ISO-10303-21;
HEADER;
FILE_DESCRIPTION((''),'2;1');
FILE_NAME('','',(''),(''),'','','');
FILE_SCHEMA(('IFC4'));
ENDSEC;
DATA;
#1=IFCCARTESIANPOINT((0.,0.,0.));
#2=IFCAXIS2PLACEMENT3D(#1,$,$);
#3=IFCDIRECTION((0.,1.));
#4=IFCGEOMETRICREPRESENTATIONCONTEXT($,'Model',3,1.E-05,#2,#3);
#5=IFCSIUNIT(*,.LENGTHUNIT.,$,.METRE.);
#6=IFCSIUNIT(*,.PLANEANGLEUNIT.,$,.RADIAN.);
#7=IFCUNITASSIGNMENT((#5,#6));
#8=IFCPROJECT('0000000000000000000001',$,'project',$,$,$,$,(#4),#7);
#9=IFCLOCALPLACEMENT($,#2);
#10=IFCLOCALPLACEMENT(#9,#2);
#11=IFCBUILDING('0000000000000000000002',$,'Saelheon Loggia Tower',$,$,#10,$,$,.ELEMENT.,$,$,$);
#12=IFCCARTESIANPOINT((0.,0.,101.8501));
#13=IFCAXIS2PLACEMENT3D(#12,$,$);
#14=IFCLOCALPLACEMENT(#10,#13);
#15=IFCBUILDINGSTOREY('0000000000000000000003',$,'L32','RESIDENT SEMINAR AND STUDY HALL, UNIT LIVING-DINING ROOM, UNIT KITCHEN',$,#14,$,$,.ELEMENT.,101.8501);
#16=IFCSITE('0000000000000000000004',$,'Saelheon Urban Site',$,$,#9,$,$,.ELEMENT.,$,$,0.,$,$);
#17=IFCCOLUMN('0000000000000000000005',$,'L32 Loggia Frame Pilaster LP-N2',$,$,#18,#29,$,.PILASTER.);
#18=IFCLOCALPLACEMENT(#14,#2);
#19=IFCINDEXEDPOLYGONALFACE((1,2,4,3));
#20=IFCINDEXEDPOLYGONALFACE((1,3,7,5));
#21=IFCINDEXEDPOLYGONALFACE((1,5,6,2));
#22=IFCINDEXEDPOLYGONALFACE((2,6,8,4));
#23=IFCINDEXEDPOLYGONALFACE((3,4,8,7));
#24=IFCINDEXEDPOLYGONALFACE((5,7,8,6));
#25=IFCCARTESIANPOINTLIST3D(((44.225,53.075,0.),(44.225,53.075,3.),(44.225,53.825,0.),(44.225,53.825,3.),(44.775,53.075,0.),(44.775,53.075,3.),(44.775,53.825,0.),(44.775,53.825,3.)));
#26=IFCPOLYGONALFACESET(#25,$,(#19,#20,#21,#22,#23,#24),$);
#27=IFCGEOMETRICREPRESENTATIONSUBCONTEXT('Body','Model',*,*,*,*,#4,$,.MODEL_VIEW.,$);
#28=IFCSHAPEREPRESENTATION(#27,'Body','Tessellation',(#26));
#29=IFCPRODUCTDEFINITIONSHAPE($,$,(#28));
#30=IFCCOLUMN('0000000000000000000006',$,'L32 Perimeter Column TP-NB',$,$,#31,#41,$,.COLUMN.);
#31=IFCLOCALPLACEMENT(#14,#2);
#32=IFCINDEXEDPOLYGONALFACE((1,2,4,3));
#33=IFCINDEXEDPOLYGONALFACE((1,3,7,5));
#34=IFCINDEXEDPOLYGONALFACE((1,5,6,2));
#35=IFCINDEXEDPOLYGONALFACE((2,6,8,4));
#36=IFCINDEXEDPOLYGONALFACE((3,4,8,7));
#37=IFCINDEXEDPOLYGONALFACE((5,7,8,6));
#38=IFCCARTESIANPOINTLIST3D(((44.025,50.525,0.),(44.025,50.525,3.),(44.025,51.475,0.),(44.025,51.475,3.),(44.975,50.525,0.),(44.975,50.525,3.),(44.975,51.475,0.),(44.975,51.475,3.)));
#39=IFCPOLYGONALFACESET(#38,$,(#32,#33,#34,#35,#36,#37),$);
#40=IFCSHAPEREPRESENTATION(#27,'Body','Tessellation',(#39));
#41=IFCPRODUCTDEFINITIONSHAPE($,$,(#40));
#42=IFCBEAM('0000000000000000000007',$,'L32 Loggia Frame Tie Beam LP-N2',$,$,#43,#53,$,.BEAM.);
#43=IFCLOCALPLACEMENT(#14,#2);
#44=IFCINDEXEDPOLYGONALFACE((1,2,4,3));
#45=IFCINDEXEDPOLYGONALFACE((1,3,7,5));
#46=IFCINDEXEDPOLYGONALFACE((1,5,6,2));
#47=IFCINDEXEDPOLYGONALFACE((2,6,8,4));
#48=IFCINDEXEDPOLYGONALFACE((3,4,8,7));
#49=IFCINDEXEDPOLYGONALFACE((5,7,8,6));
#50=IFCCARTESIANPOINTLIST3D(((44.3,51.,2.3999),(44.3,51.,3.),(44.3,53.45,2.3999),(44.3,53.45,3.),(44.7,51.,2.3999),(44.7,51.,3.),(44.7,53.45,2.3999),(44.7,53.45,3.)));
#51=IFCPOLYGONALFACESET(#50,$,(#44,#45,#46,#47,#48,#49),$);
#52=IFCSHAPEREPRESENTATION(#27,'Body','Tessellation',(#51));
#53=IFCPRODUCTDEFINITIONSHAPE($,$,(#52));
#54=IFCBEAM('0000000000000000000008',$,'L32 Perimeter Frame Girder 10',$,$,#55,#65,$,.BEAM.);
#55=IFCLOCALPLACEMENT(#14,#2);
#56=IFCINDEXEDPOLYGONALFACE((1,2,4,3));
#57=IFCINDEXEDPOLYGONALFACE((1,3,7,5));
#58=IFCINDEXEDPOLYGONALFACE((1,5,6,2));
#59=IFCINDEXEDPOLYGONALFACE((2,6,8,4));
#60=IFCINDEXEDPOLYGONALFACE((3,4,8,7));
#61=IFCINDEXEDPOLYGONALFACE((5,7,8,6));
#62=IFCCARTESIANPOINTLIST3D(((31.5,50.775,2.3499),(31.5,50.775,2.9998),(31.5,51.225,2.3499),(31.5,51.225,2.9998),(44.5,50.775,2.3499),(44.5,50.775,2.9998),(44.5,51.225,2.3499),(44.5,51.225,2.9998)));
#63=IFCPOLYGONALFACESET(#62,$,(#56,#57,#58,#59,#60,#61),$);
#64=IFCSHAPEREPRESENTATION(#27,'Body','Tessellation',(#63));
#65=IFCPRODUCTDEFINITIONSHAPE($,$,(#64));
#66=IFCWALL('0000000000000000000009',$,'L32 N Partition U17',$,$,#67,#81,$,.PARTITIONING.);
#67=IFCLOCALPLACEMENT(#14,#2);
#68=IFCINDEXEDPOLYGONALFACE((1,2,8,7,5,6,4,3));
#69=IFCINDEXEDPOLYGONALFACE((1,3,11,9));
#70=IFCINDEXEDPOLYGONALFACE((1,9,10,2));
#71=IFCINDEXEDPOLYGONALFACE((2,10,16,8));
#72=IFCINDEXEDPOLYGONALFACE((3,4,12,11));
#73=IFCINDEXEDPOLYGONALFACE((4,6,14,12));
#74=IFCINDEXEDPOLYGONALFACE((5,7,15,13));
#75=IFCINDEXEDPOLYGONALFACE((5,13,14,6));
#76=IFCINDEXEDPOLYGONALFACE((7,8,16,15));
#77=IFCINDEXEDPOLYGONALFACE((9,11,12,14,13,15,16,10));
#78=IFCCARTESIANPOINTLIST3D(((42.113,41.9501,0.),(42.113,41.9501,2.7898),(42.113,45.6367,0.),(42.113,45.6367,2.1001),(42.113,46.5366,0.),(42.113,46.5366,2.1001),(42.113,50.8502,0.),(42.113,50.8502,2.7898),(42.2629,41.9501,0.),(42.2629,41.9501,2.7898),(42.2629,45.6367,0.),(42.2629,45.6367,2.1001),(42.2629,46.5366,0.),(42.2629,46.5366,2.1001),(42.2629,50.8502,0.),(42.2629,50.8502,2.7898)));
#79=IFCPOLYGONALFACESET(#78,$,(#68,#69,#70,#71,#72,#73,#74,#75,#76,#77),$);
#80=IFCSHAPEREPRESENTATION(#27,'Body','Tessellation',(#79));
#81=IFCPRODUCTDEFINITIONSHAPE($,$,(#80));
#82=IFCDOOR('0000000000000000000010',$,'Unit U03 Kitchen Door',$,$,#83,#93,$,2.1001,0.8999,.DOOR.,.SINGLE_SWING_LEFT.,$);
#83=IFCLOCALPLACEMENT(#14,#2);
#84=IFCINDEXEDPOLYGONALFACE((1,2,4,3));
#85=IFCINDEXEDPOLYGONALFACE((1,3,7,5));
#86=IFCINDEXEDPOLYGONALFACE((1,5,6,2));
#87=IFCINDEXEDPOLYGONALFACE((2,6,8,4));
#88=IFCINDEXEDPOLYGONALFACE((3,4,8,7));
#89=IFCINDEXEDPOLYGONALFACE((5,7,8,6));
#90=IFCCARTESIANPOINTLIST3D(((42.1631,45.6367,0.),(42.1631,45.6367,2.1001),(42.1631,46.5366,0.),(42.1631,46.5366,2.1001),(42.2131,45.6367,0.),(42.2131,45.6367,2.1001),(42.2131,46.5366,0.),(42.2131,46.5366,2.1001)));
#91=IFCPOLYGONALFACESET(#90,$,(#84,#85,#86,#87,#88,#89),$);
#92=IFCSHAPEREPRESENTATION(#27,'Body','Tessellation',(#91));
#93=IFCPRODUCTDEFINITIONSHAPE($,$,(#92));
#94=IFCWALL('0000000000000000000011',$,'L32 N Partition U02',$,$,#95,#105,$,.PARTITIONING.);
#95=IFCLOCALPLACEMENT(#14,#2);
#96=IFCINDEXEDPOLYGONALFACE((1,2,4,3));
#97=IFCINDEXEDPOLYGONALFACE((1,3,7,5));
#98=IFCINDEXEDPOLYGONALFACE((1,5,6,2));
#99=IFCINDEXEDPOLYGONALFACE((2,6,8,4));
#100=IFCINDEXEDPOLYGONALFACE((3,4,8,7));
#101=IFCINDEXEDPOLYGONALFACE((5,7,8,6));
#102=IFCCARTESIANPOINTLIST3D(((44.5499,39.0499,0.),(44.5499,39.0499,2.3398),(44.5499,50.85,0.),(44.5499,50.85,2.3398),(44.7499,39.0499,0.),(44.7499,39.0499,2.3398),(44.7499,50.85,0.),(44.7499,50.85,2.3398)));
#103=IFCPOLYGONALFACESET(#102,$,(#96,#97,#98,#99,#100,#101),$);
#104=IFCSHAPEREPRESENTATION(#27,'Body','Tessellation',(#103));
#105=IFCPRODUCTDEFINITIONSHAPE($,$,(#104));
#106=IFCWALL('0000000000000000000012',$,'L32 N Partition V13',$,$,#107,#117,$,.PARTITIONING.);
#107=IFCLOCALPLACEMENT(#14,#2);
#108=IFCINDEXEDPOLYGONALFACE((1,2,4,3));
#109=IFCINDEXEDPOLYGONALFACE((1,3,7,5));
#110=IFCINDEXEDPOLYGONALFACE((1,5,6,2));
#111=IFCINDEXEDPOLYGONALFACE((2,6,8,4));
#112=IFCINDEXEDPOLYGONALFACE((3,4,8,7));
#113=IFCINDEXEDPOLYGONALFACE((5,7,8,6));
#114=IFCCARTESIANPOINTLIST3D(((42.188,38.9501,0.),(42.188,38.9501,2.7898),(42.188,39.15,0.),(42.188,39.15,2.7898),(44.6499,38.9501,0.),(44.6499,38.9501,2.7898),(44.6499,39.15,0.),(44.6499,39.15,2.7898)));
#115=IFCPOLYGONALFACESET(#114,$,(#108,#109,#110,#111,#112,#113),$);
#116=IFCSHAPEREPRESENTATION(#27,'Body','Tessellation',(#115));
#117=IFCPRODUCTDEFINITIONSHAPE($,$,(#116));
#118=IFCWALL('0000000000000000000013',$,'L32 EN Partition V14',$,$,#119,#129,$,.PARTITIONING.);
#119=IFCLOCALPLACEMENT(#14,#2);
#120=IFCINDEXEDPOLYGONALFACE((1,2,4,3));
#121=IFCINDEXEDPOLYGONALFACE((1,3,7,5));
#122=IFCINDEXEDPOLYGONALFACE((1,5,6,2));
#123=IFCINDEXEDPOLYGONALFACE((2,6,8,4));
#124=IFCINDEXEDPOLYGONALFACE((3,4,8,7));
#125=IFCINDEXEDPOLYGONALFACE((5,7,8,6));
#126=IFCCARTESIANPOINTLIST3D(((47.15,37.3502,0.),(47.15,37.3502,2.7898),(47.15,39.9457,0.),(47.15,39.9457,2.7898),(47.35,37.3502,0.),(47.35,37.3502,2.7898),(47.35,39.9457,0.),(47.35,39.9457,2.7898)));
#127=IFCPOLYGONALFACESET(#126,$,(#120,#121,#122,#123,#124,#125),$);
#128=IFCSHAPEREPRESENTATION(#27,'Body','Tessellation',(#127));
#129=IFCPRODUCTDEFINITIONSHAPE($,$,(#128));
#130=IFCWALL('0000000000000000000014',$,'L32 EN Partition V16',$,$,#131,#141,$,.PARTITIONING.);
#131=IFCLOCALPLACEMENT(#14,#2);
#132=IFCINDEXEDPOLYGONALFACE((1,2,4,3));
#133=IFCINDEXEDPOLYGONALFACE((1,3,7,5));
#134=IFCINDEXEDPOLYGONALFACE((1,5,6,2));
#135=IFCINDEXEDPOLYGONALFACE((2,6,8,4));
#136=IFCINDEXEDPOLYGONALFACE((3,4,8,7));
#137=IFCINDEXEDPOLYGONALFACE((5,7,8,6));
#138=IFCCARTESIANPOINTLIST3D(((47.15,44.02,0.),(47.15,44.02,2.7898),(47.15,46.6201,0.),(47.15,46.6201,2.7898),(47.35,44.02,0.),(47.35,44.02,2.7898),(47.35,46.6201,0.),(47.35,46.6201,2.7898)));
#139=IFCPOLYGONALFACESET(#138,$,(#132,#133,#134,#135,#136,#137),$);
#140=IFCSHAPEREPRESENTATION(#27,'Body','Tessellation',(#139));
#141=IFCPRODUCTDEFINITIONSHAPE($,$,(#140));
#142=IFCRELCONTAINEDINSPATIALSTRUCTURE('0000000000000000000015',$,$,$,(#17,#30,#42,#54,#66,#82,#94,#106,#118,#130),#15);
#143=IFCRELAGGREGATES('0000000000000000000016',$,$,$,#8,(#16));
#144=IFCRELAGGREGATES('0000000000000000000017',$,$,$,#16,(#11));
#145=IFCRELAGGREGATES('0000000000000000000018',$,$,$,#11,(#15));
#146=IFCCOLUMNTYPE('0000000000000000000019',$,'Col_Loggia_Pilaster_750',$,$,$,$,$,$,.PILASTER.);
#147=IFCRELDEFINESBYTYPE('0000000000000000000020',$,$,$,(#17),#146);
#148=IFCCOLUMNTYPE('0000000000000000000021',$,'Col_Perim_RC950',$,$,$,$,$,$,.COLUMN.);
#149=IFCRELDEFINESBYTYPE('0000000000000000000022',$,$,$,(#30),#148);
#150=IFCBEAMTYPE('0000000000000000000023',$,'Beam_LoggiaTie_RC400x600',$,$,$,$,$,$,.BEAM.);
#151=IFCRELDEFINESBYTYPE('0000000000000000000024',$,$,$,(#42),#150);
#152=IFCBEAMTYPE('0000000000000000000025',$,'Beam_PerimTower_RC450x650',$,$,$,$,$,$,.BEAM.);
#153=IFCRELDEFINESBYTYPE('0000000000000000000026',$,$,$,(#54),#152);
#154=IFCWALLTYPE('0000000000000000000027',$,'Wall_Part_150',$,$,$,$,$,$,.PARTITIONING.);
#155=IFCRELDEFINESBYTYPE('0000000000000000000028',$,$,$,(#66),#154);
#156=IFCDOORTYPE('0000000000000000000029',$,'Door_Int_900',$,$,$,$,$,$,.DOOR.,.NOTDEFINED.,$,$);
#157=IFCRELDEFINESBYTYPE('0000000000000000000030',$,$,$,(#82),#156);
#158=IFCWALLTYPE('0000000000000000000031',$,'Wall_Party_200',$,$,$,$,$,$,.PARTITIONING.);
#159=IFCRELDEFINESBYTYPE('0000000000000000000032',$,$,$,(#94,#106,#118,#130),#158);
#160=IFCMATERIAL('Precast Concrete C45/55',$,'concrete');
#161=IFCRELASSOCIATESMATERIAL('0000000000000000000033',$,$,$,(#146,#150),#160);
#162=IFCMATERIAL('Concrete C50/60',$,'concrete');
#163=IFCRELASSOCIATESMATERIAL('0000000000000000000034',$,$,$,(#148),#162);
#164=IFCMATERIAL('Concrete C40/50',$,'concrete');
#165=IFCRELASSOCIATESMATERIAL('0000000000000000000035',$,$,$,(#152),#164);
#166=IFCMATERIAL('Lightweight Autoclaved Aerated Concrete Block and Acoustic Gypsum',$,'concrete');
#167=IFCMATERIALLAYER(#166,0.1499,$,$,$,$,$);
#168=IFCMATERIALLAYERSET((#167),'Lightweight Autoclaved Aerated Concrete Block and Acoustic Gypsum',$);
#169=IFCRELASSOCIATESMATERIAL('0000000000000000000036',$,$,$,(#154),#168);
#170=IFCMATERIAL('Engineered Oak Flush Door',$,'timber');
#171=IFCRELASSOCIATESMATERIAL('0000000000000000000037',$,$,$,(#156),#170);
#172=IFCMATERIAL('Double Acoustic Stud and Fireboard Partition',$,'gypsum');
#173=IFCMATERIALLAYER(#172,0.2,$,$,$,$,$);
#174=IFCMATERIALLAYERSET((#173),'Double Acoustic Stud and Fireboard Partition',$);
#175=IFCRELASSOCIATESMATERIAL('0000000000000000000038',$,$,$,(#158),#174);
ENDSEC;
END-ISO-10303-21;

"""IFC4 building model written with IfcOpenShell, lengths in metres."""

from ifc_helpers import new_model, si_unit, direction, frame, frame_2d, origin, origin_2d, place, context, subcontext, project, spatial, rectangle, extrude, source, transform, mapped, material, layer, layer_set, material_profile, profile_set, type_object, element, fill, save


model = new_model("IFC4")

# Units and contexts
model_context = context("Model", 3, precision=1e-05, world=origin(), true_north=direction((0.0, 1.0)))
body_context = subcontext(model_context, "Body", "Model", "MODEL_VIEW")
ifc_project = project(units=[si_unit("LENGTHUNIT", "METRE"), si_unit("PLANEANGLEUNIT", "RADIAN")], contexts=[model_context])

# Site, building, storey
site_placement = place(None, origin())
site = spatial("IfcSite", under=ifc_project, at=site_placement, Name="Saelheon Urban Site", CompositionType="ELEMENT", RefElevation=0.0)
building_placement = place(site_placement, origin())
building = spatial("IfcBuilding", under=site, at=building_placement, Name="Saelheon Loggia Tower", CompositionType="ELEMENT")
storey_placement = place(building_placement, frame((0.0, 0.0, 101.8501)))
storey = spatial("IfcBuildingStorey", under=building, at=storey_placement, Name="L32", Description="RESIDENT SEMINAR AND STUDY HALL, UNIT LIVING-DINING ROOM, UNIT KITCHEN", CompositionType="ELEMENT", Elevation=101.8501)

# Columns
ifc_material_1 = material(Name="Precast Concrete C45/55", Category="concrete")
ifc_material_profile_1 = material_profile(ifc_material_1, rectangle(XDim=0.55, YDim=0.75, at=origin_2d()), Name="RC-550x750")
ifc_profile_set_1 = profile_set([ifc_material_profile_1], Name="Precast Concrete C45/55")
column_type_1 = type_object("IfcColumnType", Name="Col_Loggia_Pilaster_750", PredefinedType="PILASTER", material=ifc_profile_set_1)
shared_shape_1 = source(origin(), body_context, "Body", "SweptSolid", [
    extrude(rectangle(XDim=0.55, YDim=0.75, at=origin_2d()), origin(), (0.0, 0.0, 1.0), 3.0),
])
column_1_placement = place(storey_placement, frame((44.5, 53.45, 0.0), z_axis=(0.0, 0.0, 1.0), x_axis=(1.0, 0.0, 0.0)))
element("IfcColumn", 1, at=column_1_placement, inside=storey, type_object=column_type_1, Name="L32 Loggia Frame Pilaster LP-N2", PredefinedType="PILASTER", context=body_context, shape_type="MappedRepresentation", body=[
    mapped(shared_shape_1, transform((0.0, 0.0, 0.0), scale=1.0)),
])
ifc_material_2 = material(Name="Concrete C50/60", Category="concrete")
ifc_material_profile_2 = material_profile(ifc_material_2, rectangle(XDim=0.95, YDim=0.95, at=origin_2d()), Name="RC-950x950")
ifc_profile_set_2 = profile_set([ifc_material_profile_2], Name="Concrete C50/60")
column_type_2 = type_object("IfcColumnType", Name="Col_Perim_RC950", PredefinedType="COLUMN", material=ifc_profile_set_2)
shared_shape_2 = source(origin(), body_context, "Body", "SweptSolid", [
    extrude(rectangle(XDim=0.95, YDim=0.95, at=origin_2d()), origin(), (0.0, 0.0, 1.0), 3.0),
])
column_2_placement = place(storey_placement, frame((44.5, 51.0, 0.0), z_axis=(0.0, 0.0, 1.0), x_axis=(1.0, 0.0, 0.0)))
element("IfcColumn", 2, at=column_2_placement, inside=storey, type_object=column_type_2, Name="L32 Perimeter Column TP-NB", PredefinedType="COLUMN", context=body_context, shape_type="MappedRepresentation", body=[
    mapped(shared_shape_2, transform((0.0, 0.0, 0.0), scale=1.0)),
])

# Beams
ifc_material_profile_3 = material_profile(ifc_material_1, rectangle(XDim=0.3999, YDim=0.6001, at=origin_2d()), Name="RC-400x600")
ifc_profile_set_3 = profile_set([ifc_material_profile_3], Name="Precast Concrete C45/55")
beam_type_1 = type_object("IfcBeamType", Name="Beam_LoggiaTie_RC400x600", PredefinedType="BEAM", material=ifc_profile_set_3)
shared_shape_3 = source(origin(), body_context, "Body", "SweptSolid", [
    extrude(rectangle(XDim=0.3999, YDim=0.6001, at=origin_2d()), origin(), (0.0, 0.0, 1.0), 2.45),
])
beam_1_placement = place(storey_placement, frame((44.5, 51.0, 2.7), z_axis=(0.0, 1.0, 0.0), x_axis=(-1.0, 0.0, 0.0)))
element("IfcBeam", 3, at=beam_1_placement, inside=storey, type_object=beam_type_1, Name="L32 Loggia Frame Tie Beam LP-N2", PredefinedType="BEAM", context=body_context, shape_type="MappedRepresentation", body=[
    mapped(shared_shape_3, transform((0.0, 0.0, 0.0), scale=1.0)),
])
ifc_material_3 = material(Name="Concrete C40/50", Category="concrete")
ifc_material_profile_4 = material_profile(ifc_material_3, rectangle(XDim=0.45, YDim=0.6499, at=origin_2d()), Name="RC-450x650")
ifc_profile_set_4 = profile_set([ifc_material_profile_4], Name="Concrete C40/50")
beam_type_2 = type_object("IfcBeamType", Name="Beam_PerimTower_RC450x650", PredefinedType="BEAM", material=ifc_profile_set_4)
shared_shape_4 = source(origin(), body_context, "Body", "SweptSolid", [
    extrude(rectangle(XDim=0.45, YDim=0.6499, at=origin_2d()), origin(), (0.0, 0.0, 1.0), 13.0),
])
beam_2_placement = place(storey_placement, frame((44.5, 51.0, 2.6748), z_axis=(-1.0, 0.0, 0.0), x_axis=(0.0, -1.0, 0.0)))
element("IfcBeam", 4, at=beam_2_placement, inside=storey, type_object=beam_type_2, Name="L32 Perimeter Frame Girder 10", PredefinedType="BEAM", context=body_context, shape_type="MappedRepresentation", body=[
    mapped(shared_shape_4, transform((0.0, 0.0, 0.0), scale=1.0)),
])

# Wall, opening, door
ifc_material_4 = material(Name="Lightweight Autoclaved Aerated Concrete Block and Acoustic Gypsum", Category="concrete")
ifc_layer_1 = layer(ifc_material_4, 0.1499)
ifc_layer_set_1 = layer_set([ifc_layer_1], Name="Lightweight Autoclaved Aerated Concrete Block and Acoustic Gypsum")
wall_type_1 = type_object("IfcWallType", Name="Wall_Part_150", PredefinedType="PARTITIONING", material=ifc_layer_set_1)
wall_1_placement = place(storey_placement, frame((42.188, 41.95, 0.0), z_axis=(0.0, 0.0, 1.0), x_axis=(0.0, 1.0, 0.0)))
wall_1 = element("IfcWall", 5, at=wall_1_placement, inside=storey, type_object=wall_type_1, Name="L32 N Partition U17", PredefinedType="PARTITIONING", context=body_context, shape_type="SweptSolid", body=[
    extrude(rectangle(XDim=8.9001, YDim=0.1499, at=frame_2d((4.4502, 0.0))), origin(), (0.0, 0.0, 1.0), 2.7898),
])
opening_1_placement = place(wall_1_placement, frame((3.6868, 0.0, 0.0)))
opening_1 = element("IfcOpeningElement", 6, at=opening_1_placement, cuts=wall_1, PredefinedType="OPENING", context=body_context, shape_type="SweptSolid", body=[
    extrude(rectangle(XDim=0.8999, YDim=2.1001, at=frame_2d((0.45, 1.05))), frame((0.0, 0.0869, 0.0), z_axis=(0.0, -1.0, 0.0), x_axis=(1.0, 0.0, 0.0)), (0.0, 0.0, 1.0), 0.1738),
])
ifc_material_5 = material(Name="Engineered Oak Flush Door", Category="timber")
door_type_1 = type_object("IfcDoorType", Name="Door_Int_900", OperationType="NOTDEFINED", PredefinedType="DOOR", material=ifc_material_5)
shared_shape_5 = source(origin(), body_context, "Body", "SweptSolid", [
    extrude(rectangle(XDim=0.8999, YDim=2.1001, at=frame_2d((0.45, 1.05))), frame((0.0, 0.0249, 0.0), z_axis=(0.0, -1.0, 0.0), x_axis=(1.0, 0.0, 0.0)), (0.0, 0.0, 1.0), 0.05),
])
door_1_placement = place(opening_1_placement, origin())
door_1 = element("IfcDoor", 7, at=door_1_placement, inside=storey, type_object=door_type_1, Name="Unit U03 Kitchen Door", OperationType="SINGLE_SWING_LEFT", OverallHeight=2.1001, OverallWidth=0.8999, PredefinedType="DOOR", context=body_context, shape_type="MappedRepresentation", body=[
    mapped(shared_shape_5, transform((0.0, 0.0, 0.0), scale=1.0)),
])
fill(opening_1, door_1)

# Walls
ifc_material_6 = material(Name="Double Acoustic Stud and Fireboard Partition", Category="gypsum")
ifc_layer_2 = layer(ifc_material_6, 0.2)
ifc_layer_set_2 = layer_set([ifc_layer_2], Name="Double Acoustic Stud and Fireboard Partition")
wall_type_2 = type_object("IfcWallType", Name="Wall_Party_200", PredefinedType="PARTITIONING", material=ifc_layer_set_2)
wall_2_placement = place(storey_placement, frame((44.6499, 39.05, 0.0), z_axis=(0.0, 0.0, 1.0), x_axis=(0.0, 1.0, 0.0)))
element("IfcWall", 8, at=wall_2_placement, inside=storey, type_object=wall_type_2, Name="L32 N Partition U02", PredefinedType="PARTITIONING", context=body_context, shape_type="SweptSolid", body=[
    extrude(rectangle(XDim=11.8, YDim=0.2, at=frame_2d((5.8999, 0.0))), origin(), (0.0, 0.0, 1.0), 2.3398),
])
wall_3_placement = place(storey_placement, frame((42.188, 39.05, 0.0), z_axis=(0.0, 0.0, 1.0), x_axis=(1.0, 0.0, 0.0)))
element("IfcWall", 9, at=wall_3_placement, inside=storey, type_object=wall_type_2, Name="L32 N Partition V13", PredefinedType="PARTITIONING", context=body_context, shape_type="SweptSolid", body=[
    extrude(rectangle(XDim=2.4619, YDim=0.2, at=frame_2d((1.231, 0.0))), origin(), (0.0, 0.0, 1.0), 2.7898),
])
wall_4_placement = place(storey_placement, frame((47.25, 37.3501, 0.0), z_axis=(0.0, 0.0, 1.0), x_axis=(0.0, 1.0, 0.0)))
element("IfcWall", 10, at=wall_4_placement, inside=storey, type_object=wall_type_2, Name="L32 EN Partition V14", PredefinedType="PARTITIONING", context=body_context, shape_type="SweptSolid", body=[
    extrude(rectangle(XDim=2.5955, YDim=0.2, at=frame_2d((1.2979, 0.0))), origin(), (0.0, 0.0, 1.0), 2.7898),
])

# Wall
wall_5_placement = place(storey_placement, frame((47.25, 44.02, 0.0), z_axis=(0.0, 0.0, 1.0), x_axis=(0.0, 1.0, 0.0)))
element("IfcWall", 11, at=wall_5_placement, inside=storey, type_object=wall_type_2, Name="L32 EN Partition V16", PredefinedType="PARTITIONING", context=body_context, shape_type="SweptSolid", body=[
    extrude(rectangle(XDim=2.6001, YDim=0.2, at=frame_2d((1.3, 0.0))), origin(), (0.0, 0.0, 1.0), 2.7898),
])

save(model, "model.ifc")
